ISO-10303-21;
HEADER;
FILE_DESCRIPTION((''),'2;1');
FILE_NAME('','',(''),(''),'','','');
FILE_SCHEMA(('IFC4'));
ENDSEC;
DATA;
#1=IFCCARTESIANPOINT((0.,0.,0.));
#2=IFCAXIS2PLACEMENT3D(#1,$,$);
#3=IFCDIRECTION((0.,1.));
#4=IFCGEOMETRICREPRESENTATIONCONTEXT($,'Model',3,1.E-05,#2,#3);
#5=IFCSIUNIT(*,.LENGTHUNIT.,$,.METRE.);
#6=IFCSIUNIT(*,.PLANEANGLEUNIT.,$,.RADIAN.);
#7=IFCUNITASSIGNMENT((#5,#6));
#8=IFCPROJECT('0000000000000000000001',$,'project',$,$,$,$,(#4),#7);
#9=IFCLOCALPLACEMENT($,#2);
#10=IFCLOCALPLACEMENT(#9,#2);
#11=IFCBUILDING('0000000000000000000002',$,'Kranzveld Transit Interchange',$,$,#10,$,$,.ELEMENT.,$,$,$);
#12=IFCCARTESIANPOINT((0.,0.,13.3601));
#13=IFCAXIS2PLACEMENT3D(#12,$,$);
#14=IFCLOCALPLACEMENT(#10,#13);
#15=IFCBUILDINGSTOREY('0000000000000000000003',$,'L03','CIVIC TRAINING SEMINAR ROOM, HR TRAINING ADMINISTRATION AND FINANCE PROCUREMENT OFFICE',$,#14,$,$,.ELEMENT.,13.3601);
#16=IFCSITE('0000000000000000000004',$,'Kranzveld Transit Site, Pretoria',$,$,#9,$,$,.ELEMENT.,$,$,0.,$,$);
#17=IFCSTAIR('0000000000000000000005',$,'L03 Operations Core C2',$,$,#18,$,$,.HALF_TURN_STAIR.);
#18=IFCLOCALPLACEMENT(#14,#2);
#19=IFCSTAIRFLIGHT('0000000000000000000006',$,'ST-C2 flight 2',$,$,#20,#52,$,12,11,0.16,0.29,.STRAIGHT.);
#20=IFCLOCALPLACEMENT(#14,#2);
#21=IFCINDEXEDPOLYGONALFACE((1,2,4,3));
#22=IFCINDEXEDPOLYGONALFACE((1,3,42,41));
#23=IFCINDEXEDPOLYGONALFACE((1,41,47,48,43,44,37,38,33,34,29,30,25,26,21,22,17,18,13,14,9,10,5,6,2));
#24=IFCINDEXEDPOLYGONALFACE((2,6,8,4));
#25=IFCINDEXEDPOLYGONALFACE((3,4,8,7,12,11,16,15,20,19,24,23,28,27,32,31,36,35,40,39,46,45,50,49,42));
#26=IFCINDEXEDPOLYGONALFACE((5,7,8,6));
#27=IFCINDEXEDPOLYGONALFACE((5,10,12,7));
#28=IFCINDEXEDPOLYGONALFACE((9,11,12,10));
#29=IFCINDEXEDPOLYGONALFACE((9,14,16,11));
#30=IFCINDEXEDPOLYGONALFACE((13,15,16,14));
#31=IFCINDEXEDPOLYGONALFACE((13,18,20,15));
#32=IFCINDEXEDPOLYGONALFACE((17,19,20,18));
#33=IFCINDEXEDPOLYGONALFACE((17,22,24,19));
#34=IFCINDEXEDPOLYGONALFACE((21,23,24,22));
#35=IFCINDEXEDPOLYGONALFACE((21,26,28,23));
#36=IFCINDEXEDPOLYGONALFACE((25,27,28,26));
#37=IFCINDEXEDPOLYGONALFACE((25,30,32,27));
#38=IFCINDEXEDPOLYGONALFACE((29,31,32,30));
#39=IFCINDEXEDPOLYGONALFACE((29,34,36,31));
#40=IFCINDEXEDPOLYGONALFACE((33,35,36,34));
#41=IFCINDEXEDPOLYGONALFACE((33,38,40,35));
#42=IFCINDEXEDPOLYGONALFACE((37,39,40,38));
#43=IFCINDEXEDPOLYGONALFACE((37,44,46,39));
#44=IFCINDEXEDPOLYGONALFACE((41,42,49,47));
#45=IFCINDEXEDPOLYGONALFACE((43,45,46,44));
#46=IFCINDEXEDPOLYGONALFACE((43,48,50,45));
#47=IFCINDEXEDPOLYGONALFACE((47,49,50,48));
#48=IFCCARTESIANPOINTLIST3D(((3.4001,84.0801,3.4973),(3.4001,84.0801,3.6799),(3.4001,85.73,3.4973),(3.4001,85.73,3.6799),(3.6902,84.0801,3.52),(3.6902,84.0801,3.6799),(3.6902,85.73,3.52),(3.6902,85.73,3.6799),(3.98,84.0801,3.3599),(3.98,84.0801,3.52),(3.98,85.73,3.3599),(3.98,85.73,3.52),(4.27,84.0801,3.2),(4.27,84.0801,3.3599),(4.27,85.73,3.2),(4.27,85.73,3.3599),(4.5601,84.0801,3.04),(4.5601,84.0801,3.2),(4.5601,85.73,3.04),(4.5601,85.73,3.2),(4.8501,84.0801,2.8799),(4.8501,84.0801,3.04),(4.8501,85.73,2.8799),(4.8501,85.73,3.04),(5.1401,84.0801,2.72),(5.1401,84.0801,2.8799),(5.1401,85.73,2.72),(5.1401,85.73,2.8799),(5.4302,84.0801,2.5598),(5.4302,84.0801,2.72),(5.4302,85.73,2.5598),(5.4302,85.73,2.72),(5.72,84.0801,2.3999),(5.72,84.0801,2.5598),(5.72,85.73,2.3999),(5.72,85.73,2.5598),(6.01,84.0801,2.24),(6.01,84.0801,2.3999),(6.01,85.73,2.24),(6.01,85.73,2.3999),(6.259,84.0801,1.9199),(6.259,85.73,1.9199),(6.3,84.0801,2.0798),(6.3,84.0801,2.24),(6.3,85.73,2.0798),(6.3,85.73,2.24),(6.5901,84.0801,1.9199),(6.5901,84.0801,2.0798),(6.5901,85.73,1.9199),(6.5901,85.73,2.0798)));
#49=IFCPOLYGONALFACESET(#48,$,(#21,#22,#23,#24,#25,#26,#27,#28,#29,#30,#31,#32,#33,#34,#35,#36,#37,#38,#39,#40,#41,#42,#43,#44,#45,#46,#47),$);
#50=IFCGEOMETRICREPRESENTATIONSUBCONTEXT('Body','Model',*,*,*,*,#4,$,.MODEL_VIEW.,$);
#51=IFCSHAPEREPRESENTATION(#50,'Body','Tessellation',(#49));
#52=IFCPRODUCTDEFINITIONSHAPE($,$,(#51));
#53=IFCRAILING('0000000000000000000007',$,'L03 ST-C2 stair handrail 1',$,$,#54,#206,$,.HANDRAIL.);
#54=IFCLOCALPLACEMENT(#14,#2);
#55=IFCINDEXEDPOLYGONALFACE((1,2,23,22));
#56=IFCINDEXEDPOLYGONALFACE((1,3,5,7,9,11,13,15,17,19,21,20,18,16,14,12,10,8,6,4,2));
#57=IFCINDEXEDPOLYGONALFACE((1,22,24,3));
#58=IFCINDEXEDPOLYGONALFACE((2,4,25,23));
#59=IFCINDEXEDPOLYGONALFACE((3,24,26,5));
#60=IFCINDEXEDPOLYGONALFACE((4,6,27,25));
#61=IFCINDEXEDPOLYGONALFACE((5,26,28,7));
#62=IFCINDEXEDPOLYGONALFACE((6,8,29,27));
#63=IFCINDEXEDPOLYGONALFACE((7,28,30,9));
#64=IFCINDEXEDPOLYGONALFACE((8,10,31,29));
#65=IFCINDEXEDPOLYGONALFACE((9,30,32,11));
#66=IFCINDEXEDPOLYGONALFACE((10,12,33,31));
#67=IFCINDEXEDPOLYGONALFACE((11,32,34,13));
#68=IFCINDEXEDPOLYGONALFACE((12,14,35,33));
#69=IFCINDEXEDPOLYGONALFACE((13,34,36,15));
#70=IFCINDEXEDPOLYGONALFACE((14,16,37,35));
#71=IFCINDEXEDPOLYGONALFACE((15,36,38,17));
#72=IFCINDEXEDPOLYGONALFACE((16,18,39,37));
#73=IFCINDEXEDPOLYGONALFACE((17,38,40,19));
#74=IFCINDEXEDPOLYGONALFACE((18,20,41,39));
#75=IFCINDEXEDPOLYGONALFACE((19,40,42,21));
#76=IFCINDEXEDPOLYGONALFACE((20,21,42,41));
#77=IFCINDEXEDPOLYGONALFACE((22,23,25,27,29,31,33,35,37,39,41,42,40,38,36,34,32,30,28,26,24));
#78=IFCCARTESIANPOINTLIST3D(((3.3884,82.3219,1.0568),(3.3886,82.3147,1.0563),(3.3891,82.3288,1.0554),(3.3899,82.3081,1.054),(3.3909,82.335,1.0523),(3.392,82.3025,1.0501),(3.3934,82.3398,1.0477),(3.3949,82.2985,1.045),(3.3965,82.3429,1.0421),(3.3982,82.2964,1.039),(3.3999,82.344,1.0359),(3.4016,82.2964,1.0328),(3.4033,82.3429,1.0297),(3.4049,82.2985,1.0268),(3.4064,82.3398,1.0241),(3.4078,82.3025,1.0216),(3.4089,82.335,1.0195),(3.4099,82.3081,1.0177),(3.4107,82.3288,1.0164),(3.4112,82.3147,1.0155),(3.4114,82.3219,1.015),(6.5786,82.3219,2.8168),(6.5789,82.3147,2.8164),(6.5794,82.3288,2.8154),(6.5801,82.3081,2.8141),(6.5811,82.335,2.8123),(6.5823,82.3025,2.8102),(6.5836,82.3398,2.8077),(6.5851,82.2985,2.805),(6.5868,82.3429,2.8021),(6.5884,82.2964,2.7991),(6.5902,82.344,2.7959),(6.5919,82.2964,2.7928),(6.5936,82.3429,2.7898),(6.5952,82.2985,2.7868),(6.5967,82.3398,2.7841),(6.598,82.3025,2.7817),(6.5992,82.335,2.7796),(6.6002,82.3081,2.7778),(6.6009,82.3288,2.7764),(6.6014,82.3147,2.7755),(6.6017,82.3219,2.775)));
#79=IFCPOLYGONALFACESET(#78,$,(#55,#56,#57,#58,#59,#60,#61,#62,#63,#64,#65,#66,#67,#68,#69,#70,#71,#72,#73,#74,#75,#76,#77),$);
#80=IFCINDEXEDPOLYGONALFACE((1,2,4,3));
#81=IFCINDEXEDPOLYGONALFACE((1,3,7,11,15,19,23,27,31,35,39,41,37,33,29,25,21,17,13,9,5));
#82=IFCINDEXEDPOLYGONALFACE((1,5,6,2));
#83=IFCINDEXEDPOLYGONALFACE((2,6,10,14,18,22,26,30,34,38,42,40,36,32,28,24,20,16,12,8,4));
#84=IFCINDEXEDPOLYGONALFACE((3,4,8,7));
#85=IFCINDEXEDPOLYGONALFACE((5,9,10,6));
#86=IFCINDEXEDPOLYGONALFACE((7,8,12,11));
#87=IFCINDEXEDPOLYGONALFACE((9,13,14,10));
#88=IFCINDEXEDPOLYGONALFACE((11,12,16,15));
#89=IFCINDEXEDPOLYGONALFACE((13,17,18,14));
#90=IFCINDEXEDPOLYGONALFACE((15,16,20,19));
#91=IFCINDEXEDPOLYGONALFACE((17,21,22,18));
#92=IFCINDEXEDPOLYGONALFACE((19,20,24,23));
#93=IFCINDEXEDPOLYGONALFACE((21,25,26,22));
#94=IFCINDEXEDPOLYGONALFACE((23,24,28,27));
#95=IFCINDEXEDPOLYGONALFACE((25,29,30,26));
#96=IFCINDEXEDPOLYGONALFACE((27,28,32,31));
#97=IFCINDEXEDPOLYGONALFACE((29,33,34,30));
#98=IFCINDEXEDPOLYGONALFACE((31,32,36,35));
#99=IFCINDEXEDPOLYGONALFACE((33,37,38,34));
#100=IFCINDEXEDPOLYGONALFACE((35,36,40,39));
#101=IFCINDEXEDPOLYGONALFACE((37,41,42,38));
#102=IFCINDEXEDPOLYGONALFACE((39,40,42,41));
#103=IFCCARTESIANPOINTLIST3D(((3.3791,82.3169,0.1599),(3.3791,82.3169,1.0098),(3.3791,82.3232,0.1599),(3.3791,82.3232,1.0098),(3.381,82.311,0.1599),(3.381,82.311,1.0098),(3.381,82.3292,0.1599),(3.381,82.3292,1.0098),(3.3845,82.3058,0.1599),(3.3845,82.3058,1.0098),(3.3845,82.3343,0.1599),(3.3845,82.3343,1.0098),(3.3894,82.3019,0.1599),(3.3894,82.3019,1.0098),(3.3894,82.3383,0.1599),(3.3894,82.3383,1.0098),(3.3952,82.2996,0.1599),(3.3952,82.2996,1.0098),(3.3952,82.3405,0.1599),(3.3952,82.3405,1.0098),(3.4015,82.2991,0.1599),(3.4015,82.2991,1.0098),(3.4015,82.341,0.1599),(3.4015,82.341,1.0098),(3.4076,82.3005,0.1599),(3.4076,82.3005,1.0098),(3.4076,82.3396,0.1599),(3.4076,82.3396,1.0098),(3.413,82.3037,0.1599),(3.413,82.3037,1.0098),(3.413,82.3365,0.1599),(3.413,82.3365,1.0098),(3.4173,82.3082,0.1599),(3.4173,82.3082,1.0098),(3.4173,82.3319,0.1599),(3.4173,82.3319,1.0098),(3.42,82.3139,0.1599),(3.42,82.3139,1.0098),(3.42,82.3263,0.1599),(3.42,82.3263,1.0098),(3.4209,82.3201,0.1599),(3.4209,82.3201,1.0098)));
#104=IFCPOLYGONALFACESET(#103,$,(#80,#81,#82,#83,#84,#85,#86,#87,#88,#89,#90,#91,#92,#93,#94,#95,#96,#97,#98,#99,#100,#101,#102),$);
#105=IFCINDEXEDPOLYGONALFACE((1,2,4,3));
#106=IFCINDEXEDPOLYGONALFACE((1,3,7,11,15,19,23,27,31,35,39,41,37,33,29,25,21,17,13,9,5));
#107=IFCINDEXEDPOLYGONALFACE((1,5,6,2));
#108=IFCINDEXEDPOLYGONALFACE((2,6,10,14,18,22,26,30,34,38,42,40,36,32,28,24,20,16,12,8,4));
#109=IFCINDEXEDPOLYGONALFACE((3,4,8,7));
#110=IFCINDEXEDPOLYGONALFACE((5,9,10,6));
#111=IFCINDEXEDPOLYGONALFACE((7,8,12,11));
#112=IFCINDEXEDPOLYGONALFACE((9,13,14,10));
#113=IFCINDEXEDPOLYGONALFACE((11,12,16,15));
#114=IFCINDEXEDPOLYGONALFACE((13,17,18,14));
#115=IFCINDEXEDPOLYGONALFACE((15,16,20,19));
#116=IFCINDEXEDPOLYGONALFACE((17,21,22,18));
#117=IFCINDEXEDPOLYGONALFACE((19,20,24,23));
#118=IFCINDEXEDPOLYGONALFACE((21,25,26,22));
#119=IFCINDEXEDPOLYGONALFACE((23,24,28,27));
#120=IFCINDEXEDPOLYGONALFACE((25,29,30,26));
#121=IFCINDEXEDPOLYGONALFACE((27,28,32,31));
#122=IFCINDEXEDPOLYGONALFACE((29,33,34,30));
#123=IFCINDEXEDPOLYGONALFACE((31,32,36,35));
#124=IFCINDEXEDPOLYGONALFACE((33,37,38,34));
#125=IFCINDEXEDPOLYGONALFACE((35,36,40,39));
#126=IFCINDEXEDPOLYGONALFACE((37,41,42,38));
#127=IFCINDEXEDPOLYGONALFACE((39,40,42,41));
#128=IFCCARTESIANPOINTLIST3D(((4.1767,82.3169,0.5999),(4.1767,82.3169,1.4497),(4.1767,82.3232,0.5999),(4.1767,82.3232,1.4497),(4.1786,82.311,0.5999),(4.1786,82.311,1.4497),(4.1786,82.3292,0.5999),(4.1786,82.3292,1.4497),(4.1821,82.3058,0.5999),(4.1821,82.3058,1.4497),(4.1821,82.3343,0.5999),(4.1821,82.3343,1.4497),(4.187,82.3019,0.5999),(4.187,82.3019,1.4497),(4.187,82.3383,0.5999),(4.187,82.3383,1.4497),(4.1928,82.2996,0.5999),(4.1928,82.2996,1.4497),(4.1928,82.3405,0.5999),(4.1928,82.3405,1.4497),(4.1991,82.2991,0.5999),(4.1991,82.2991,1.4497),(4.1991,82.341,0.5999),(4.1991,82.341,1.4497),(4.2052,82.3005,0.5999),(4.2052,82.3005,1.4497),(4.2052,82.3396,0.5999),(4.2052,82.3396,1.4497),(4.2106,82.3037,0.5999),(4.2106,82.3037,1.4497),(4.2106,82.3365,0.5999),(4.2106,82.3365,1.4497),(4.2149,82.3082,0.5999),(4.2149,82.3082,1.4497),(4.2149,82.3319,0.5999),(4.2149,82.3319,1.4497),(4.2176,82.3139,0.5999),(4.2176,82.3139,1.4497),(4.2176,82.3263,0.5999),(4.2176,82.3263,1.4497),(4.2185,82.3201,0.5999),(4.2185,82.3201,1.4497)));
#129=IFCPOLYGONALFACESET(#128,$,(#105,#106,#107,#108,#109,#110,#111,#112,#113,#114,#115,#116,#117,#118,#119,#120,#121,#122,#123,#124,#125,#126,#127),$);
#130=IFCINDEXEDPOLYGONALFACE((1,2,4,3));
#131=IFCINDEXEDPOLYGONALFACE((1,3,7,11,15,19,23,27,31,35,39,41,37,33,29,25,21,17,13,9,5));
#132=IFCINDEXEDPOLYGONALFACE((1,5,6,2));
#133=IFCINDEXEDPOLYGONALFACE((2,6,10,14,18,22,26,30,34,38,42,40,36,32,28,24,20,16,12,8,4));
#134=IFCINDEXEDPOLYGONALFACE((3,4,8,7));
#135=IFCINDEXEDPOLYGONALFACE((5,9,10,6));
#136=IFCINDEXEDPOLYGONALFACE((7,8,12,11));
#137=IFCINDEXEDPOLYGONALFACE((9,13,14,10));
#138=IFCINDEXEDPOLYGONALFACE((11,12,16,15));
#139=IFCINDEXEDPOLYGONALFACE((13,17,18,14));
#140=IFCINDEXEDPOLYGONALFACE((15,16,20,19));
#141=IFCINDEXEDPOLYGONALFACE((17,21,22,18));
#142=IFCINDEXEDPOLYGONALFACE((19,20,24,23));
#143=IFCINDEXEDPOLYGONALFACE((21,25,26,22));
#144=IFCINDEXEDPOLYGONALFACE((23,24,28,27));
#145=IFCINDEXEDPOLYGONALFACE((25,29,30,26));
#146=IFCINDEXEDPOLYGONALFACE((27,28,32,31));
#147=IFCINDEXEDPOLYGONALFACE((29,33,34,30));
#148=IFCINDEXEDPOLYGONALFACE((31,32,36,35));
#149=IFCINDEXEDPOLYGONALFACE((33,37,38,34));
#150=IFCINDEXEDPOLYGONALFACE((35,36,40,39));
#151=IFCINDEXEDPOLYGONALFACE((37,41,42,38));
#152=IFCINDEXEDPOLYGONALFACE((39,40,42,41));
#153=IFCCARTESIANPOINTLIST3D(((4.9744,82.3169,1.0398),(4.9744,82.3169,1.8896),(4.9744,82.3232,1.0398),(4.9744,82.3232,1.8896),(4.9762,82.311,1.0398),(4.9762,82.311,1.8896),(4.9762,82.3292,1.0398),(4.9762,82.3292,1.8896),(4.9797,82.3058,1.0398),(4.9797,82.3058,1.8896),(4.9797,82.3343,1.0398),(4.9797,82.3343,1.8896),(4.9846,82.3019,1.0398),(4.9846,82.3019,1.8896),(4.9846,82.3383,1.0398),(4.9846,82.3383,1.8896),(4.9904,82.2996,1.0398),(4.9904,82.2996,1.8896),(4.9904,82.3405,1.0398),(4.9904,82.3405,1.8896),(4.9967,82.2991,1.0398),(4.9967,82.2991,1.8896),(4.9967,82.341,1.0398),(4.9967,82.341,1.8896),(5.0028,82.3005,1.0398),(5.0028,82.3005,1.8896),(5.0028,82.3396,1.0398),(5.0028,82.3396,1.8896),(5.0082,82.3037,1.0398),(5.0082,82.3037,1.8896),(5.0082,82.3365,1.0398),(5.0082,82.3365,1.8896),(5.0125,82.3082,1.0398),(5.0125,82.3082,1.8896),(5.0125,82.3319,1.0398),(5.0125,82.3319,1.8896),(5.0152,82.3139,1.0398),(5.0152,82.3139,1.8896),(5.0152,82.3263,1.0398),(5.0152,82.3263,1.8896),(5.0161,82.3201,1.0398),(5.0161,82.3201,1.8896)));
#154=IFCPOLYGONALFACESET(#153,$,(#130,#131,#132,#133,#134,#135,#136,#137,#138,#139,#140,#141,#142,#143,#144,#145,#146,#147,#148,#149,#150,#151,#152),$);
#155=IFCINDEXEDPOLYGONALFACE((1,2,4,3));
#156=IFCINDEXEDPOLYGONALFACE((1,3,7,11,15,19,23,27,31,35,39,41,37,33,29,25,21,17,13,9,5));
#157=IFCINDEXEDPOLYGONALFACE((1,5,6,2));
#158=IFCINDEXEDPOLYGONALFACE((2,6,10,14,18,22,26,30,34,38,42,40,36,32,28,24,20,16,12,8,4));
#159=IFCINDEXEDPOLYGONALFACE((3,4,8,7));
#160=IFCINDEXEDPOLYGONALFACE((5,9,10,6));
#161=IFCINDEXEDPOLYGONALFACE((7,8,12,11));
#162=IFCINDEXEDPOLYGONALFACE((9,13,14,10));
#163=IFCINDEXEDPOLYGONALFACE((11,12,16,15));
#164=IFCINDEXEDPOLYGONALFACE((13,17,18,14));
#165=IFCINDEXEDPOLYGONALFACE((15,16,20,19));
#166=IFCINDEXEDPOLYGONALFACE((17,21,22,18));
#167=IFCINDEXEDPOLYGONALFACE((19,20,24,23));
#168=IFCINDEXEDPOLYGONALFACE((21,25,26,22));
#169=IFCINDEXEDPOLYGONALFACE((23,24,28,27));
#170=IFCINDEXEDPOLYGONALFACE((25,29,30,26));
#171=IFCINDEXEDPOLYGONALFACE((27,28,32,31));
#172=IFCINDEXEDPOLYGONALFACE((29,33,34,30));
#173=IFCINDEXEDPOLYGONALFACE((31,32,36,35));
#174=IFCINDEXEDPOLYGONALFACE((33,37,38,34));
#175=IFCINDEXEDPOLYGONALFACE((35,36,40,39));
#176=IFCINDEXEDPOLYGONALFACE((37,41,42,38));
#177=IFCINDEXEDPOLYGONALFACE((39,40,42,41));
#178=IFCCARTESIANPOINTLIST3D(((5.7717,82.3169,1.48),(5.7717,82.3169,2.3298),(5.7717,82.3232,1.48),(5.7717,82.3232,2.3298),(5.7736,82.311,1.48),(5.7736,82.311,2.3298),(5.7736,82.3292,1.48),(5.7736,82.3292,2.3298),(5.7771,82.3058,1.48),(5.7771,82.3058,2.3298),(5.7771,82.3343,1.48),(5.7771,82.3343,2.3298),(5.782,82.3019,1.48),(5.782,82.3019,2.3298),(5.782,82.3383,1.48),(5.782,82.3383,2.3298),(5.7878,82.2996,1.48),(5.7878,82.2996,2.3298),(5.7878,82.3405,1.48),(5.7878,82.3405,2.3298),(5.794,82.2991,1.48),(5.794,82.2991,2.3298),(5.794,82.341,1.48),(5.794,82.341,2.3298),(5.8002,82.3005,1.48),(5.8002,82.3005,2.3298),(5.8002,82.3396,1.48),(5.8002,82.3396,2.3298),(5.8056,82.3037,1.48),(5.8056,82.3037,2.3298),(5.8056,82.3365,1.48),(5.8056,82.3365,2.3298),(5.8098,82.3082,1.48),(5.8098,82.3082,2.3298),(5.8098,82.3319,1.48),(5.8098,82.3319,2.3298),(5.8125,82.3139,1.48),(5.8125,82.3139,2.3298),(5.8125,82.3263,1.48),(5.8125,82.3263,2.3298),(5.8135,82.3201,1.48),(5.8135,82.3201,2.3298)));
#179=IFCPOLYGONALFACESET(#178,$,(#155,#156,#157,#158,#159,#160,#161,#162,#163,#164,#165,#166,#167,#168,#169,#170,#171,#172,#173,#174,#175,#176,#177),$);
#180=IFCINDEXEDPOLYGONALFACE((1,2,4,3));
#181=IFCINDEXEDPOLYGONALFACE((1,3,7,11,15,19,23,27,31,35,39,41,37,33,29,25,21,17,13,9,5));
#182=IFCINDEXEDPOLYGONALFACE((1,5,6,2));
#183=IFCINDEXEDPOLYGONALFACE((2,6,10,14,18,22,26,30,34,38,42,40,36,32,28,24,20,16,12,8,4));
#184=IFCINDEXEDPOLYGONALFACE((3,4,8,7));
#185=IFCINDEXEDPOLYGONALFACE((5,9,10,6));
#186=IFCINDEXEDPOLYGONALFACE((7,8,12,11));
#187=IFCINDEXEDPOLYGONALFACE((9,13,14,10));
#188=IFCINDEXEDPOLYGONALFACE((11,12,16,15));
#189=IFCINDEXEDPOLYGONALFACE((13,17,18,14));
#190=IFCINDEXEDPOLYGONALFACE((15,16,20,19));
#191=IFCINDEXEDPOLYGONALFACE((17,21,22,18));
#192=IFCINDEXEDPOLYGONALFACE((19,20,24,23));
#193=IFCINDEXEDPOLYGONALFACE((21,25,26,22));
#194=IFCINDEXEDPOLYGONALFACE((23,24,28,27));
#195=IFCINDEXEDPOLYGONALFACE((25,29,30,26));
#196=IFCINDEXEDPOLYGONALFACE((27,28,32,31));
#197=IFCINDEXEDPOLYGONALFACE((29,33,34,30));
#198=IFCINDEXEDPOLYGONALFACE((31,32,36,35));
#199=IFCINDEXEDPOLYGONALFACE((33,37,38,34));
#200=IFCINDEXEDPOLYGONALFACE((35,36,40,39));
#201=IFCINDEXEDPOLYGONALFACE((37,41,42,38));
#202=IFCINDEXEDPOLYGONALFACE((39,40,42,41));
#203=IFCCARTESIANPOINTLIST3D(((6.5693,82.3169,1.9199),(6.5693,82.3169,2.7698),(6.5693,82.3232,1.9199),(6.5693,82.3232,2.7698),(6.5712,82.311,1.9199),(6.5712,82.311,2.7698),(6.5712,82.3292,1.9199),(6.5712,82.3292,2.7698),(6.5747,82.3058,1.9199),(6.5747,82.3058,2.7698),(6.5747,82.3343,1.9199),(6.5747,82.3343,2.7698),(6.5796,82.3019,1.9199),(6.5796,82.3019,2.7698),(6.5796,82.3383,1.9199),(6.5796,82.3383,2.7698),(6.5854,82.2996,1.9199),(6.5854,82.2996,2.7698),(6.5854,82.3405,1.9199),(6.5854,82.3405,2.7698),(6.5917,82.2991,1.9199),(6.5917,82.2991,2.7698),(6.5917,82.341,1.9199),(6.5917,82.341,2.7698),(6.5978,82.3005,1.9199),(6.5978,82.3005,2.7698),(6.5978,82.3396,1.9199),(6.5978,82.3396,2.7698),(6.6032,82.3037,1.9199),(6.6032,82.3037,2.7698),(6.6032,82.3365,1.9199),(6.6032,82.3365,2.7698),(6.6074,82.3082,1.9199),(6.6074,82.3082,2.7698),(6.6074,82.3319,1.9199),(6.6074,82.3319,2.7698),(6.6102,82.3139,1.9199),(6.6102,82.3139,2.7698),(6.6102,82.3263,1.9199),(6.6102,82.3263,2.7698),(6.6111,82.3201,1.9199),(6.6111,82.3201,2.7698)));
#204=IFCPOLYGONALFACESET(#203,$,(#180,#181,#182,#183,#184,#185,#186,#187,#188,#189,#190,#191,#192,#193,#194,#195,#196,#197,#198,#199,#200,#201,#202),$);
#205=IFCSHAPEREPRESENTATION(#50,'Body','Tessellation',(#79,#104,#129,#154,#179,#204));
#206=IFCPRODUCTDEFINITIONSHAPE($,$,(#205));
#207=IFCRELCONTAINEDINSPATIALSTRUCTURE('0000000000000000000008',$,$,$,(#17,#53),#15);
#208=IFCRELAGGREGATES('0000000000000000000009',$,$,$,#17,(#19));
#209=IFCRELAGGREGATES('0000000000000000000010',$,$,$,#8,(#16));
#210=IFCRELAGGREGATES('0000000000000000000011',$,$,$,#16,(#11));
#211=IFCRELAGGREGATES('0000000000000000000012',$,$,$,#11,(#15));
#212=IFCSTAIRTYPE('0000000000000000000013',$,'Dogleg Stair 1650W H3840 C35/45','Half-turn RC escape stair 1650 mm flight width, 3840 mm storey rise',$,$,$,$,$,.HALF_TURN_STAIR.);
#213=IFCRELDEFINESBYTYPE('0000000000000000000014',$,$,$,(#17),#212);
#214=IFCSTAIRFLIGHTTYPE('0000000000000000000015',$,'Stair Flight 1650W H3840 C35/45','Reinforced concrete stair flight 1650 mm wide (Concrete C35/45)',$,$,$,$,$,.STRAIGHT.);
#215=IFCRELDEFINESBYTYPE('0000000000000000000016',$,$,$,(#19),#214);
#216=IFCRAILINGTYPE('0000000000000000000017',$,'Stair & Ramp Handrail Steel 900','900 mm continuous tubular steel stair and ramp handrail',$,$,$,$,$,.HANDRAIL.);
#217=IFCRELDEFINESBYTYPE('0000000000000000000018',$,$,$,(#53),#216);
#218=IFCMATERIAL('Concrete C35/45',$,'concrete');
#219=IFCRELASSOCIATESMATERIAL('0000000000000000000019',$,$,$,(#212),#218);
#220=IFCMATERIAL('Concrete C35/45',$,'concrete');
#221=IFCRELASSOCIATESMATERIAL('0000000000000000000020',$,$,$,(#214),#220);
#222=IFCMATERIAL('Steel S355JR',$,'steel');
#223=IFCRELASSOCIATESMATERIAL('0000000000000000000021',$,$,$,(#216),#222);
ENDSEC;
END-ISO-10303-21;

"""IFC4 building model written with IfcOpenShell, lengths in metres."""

from ifc_helpers import new_model, si_unit, direction, frame, origin, origin_2d, place, context, subcontext, project, spatial, polyline, circle, outline, extrude, material, type_object, element, aggregate, save


model = new_model("IFC4")

# Units and contexts
model_context = context("Model", 3, precision=1e-05, world=origin(), true_north=direction((0.0, 1.0)))
body_context = subcontext(model_context, "Body", "Model", "MODEL_VIEW")
ifc_project = project(units=[si_unit("LENGTHUNIT", "METRE"), si_unit("PLANEANGLEUNIT", "RADIAN")], contexts=[model_context])

# Site, building, storey
site_placement = place(None, origin())
site = spatial("IfcSite", under=ifc_project, at=site_placement, Name="Kranzveld Transit Site, Pretoria", CompositionType="ELEMENT", RefElevation=0.0)
building_placement = place(site_placement, origin())
building = spatial("IfcBuilding", under=site, at=building_placement, Name="Kranzveld Transit Interchange", CompositionType="ELEMENT")
storey_placement = place(building_placement, frame((0.0, 0.0, 13.3601)))
storey = spatial("IfcBuildingStorey", under=building, at=storey_placement, Name="L03", Description="CIVIC TRAINING SEMINAR ROOM, HR TRAINING ADMINISTRATION AND FINANCE PROCUREMENT OFFICE", CompositionType="ELEMENT", Elevation=13.3601)

# Stair, stair flight
ifc_material_1 = material(Name="Concrete C35/45", Category="concrete")
stair_type = type_object("IfcStairType", Name="Dogleg Stair 1650W H3840 C35/45", Description="Half-turn RC escape stair 1650 mm flight width, 3840 mm storey rise", PredefinedType="HALF_TURN_STAIR", material=ifc_material_1)
stair_placement = place(storey_placement, origin())
stair = element("IfcStair", 1, at=stair_placement, inside=storey, type_object=stair_type, Name="L03 Operations Core C2", PredefinedType="HALF_TURN_STAIR")
ifc_material_2 = material(Name="Concrete C35/45", Category="concrete")
stair_flight_type = type_object("IfcStairFlightType", Name="Stair Flight 1650W H3840 C35/45", Description="Reinforced concrete stair flight 1650 mm wide (Concrete C35/45)", PredefinedType="STRAIGHT", material=ifc_material_2)
stair_flight_1_placement = place(storey_placement, frame((6.5901, 84.905, 1.9199), z_axis=(0.0, 0.0, 1.0), x_axis=(-1.0, 0.0, 0.0)))
stair_flight_1 = element("IfcStairFlight", 2, at=stair_flight_1_placement, type_object=stair_flight_type, Name="ST-C2 flight 2", NumberOfRisers=12, NumberOfTreads=11, PredefinedType="STRAIGHT", RiserHeight=0.16, TreadLength=0.29, context=body_context, shape_type="SweptSolid", body=[
    extrude(outline(polyline([(0.0, 0.0), (0.0, 0.1599), (0.29, 0.1599), (0.29, 0.3201), (0.5801, 0.3201), (0.5801, 0.48), (0.8701, 0.48), (0.8701, 0.6399), (1.1599, 0.6399), (1.1599, 0.8), (1.45, 0.8), (1.45, 0.96), (1.74, 0.96), (1.74, 1.1201), (2.03, 1.1201), (2.03, 1.28), (2.3201, 1.28), (2.3201, 1.4399), (2.6101, 1.4399), (2.6101, 1.6001), (2.8999, 1.6001), (2.8999, 1.76), (3.1899, 1.76), (3.1899, 1.9199), (3.1899, 1.5774), (0.3311, 0.0), (0.0, 0.0)])), frame((0.0, 0.825, 0.0), z_axis=(0.0, -1.0, 0.0), x_axis=(1.0, 0.0, 0.0)), (0.0, 0.0, 1.0), 1.6499),
])
aggregate(stair, [stair_flight_1])

# Railing
ifc_material_3 = material(Name="Steel S355JR", Category="steel")
railing_type_1 = type_object("IfcRailingType", Name="Stair & Ramp Handrail Steel 900", Description="900 mm continuous tubular steel stair and ramp handrail", PredefinedType="HANDRAIL", material=ifc_material_3)
railing_1_placement = place(storey_placement, frame((3.3999, 82.3201, 0.1599)))
element("IfcRailing", 3, at=railing_1_placement, inside=storey, type_object=railing_type_1, Name="L03 ST-C2 stair handrail 1", PredefinedType="HANDRAIL", context=body_context, shape_type="SweptSolid", body=[
    extrude(circle(Radius=0.0239, at=origin_2d()), frame((0.0, 0.0, 0.876), z_axis=(0.875588, 0.0, 0.483058), x_axis=(0.0, 1.0, 0.0)), (0.0, 0.0, 1.0), 3.6436),
    extrude(circle(Radius=0.021, at=origin_2d()), origin(), (0.0, 0.0, 1.0), 0.8499),
    extrude(circle(Radius=0.021, at=origin_2d()), frame((0.7976, 0.0, 0.4399)), (0.0, 0.0, 1.0), 0.8499),
    extrude(circle(Radius=0.021, at=origin_2d()), frame((1.5952, 0.0, 0.8799)), (0.0, 0.0, 1.0), 0.8499),
    extrude(circle(Radius=0.021, at=origin_2d()), frame((2.3926, 0.0, 1.3201)), (0.0, 0.0, 1.0), 0.8499),
    extrude(circle(Radius=0.021, at=origin_2d()), frame((3.1902, 0.0, 1.76)), (0.0, 0.0, 1.0), 0.8499),
])

save(model, "model.ifc")
